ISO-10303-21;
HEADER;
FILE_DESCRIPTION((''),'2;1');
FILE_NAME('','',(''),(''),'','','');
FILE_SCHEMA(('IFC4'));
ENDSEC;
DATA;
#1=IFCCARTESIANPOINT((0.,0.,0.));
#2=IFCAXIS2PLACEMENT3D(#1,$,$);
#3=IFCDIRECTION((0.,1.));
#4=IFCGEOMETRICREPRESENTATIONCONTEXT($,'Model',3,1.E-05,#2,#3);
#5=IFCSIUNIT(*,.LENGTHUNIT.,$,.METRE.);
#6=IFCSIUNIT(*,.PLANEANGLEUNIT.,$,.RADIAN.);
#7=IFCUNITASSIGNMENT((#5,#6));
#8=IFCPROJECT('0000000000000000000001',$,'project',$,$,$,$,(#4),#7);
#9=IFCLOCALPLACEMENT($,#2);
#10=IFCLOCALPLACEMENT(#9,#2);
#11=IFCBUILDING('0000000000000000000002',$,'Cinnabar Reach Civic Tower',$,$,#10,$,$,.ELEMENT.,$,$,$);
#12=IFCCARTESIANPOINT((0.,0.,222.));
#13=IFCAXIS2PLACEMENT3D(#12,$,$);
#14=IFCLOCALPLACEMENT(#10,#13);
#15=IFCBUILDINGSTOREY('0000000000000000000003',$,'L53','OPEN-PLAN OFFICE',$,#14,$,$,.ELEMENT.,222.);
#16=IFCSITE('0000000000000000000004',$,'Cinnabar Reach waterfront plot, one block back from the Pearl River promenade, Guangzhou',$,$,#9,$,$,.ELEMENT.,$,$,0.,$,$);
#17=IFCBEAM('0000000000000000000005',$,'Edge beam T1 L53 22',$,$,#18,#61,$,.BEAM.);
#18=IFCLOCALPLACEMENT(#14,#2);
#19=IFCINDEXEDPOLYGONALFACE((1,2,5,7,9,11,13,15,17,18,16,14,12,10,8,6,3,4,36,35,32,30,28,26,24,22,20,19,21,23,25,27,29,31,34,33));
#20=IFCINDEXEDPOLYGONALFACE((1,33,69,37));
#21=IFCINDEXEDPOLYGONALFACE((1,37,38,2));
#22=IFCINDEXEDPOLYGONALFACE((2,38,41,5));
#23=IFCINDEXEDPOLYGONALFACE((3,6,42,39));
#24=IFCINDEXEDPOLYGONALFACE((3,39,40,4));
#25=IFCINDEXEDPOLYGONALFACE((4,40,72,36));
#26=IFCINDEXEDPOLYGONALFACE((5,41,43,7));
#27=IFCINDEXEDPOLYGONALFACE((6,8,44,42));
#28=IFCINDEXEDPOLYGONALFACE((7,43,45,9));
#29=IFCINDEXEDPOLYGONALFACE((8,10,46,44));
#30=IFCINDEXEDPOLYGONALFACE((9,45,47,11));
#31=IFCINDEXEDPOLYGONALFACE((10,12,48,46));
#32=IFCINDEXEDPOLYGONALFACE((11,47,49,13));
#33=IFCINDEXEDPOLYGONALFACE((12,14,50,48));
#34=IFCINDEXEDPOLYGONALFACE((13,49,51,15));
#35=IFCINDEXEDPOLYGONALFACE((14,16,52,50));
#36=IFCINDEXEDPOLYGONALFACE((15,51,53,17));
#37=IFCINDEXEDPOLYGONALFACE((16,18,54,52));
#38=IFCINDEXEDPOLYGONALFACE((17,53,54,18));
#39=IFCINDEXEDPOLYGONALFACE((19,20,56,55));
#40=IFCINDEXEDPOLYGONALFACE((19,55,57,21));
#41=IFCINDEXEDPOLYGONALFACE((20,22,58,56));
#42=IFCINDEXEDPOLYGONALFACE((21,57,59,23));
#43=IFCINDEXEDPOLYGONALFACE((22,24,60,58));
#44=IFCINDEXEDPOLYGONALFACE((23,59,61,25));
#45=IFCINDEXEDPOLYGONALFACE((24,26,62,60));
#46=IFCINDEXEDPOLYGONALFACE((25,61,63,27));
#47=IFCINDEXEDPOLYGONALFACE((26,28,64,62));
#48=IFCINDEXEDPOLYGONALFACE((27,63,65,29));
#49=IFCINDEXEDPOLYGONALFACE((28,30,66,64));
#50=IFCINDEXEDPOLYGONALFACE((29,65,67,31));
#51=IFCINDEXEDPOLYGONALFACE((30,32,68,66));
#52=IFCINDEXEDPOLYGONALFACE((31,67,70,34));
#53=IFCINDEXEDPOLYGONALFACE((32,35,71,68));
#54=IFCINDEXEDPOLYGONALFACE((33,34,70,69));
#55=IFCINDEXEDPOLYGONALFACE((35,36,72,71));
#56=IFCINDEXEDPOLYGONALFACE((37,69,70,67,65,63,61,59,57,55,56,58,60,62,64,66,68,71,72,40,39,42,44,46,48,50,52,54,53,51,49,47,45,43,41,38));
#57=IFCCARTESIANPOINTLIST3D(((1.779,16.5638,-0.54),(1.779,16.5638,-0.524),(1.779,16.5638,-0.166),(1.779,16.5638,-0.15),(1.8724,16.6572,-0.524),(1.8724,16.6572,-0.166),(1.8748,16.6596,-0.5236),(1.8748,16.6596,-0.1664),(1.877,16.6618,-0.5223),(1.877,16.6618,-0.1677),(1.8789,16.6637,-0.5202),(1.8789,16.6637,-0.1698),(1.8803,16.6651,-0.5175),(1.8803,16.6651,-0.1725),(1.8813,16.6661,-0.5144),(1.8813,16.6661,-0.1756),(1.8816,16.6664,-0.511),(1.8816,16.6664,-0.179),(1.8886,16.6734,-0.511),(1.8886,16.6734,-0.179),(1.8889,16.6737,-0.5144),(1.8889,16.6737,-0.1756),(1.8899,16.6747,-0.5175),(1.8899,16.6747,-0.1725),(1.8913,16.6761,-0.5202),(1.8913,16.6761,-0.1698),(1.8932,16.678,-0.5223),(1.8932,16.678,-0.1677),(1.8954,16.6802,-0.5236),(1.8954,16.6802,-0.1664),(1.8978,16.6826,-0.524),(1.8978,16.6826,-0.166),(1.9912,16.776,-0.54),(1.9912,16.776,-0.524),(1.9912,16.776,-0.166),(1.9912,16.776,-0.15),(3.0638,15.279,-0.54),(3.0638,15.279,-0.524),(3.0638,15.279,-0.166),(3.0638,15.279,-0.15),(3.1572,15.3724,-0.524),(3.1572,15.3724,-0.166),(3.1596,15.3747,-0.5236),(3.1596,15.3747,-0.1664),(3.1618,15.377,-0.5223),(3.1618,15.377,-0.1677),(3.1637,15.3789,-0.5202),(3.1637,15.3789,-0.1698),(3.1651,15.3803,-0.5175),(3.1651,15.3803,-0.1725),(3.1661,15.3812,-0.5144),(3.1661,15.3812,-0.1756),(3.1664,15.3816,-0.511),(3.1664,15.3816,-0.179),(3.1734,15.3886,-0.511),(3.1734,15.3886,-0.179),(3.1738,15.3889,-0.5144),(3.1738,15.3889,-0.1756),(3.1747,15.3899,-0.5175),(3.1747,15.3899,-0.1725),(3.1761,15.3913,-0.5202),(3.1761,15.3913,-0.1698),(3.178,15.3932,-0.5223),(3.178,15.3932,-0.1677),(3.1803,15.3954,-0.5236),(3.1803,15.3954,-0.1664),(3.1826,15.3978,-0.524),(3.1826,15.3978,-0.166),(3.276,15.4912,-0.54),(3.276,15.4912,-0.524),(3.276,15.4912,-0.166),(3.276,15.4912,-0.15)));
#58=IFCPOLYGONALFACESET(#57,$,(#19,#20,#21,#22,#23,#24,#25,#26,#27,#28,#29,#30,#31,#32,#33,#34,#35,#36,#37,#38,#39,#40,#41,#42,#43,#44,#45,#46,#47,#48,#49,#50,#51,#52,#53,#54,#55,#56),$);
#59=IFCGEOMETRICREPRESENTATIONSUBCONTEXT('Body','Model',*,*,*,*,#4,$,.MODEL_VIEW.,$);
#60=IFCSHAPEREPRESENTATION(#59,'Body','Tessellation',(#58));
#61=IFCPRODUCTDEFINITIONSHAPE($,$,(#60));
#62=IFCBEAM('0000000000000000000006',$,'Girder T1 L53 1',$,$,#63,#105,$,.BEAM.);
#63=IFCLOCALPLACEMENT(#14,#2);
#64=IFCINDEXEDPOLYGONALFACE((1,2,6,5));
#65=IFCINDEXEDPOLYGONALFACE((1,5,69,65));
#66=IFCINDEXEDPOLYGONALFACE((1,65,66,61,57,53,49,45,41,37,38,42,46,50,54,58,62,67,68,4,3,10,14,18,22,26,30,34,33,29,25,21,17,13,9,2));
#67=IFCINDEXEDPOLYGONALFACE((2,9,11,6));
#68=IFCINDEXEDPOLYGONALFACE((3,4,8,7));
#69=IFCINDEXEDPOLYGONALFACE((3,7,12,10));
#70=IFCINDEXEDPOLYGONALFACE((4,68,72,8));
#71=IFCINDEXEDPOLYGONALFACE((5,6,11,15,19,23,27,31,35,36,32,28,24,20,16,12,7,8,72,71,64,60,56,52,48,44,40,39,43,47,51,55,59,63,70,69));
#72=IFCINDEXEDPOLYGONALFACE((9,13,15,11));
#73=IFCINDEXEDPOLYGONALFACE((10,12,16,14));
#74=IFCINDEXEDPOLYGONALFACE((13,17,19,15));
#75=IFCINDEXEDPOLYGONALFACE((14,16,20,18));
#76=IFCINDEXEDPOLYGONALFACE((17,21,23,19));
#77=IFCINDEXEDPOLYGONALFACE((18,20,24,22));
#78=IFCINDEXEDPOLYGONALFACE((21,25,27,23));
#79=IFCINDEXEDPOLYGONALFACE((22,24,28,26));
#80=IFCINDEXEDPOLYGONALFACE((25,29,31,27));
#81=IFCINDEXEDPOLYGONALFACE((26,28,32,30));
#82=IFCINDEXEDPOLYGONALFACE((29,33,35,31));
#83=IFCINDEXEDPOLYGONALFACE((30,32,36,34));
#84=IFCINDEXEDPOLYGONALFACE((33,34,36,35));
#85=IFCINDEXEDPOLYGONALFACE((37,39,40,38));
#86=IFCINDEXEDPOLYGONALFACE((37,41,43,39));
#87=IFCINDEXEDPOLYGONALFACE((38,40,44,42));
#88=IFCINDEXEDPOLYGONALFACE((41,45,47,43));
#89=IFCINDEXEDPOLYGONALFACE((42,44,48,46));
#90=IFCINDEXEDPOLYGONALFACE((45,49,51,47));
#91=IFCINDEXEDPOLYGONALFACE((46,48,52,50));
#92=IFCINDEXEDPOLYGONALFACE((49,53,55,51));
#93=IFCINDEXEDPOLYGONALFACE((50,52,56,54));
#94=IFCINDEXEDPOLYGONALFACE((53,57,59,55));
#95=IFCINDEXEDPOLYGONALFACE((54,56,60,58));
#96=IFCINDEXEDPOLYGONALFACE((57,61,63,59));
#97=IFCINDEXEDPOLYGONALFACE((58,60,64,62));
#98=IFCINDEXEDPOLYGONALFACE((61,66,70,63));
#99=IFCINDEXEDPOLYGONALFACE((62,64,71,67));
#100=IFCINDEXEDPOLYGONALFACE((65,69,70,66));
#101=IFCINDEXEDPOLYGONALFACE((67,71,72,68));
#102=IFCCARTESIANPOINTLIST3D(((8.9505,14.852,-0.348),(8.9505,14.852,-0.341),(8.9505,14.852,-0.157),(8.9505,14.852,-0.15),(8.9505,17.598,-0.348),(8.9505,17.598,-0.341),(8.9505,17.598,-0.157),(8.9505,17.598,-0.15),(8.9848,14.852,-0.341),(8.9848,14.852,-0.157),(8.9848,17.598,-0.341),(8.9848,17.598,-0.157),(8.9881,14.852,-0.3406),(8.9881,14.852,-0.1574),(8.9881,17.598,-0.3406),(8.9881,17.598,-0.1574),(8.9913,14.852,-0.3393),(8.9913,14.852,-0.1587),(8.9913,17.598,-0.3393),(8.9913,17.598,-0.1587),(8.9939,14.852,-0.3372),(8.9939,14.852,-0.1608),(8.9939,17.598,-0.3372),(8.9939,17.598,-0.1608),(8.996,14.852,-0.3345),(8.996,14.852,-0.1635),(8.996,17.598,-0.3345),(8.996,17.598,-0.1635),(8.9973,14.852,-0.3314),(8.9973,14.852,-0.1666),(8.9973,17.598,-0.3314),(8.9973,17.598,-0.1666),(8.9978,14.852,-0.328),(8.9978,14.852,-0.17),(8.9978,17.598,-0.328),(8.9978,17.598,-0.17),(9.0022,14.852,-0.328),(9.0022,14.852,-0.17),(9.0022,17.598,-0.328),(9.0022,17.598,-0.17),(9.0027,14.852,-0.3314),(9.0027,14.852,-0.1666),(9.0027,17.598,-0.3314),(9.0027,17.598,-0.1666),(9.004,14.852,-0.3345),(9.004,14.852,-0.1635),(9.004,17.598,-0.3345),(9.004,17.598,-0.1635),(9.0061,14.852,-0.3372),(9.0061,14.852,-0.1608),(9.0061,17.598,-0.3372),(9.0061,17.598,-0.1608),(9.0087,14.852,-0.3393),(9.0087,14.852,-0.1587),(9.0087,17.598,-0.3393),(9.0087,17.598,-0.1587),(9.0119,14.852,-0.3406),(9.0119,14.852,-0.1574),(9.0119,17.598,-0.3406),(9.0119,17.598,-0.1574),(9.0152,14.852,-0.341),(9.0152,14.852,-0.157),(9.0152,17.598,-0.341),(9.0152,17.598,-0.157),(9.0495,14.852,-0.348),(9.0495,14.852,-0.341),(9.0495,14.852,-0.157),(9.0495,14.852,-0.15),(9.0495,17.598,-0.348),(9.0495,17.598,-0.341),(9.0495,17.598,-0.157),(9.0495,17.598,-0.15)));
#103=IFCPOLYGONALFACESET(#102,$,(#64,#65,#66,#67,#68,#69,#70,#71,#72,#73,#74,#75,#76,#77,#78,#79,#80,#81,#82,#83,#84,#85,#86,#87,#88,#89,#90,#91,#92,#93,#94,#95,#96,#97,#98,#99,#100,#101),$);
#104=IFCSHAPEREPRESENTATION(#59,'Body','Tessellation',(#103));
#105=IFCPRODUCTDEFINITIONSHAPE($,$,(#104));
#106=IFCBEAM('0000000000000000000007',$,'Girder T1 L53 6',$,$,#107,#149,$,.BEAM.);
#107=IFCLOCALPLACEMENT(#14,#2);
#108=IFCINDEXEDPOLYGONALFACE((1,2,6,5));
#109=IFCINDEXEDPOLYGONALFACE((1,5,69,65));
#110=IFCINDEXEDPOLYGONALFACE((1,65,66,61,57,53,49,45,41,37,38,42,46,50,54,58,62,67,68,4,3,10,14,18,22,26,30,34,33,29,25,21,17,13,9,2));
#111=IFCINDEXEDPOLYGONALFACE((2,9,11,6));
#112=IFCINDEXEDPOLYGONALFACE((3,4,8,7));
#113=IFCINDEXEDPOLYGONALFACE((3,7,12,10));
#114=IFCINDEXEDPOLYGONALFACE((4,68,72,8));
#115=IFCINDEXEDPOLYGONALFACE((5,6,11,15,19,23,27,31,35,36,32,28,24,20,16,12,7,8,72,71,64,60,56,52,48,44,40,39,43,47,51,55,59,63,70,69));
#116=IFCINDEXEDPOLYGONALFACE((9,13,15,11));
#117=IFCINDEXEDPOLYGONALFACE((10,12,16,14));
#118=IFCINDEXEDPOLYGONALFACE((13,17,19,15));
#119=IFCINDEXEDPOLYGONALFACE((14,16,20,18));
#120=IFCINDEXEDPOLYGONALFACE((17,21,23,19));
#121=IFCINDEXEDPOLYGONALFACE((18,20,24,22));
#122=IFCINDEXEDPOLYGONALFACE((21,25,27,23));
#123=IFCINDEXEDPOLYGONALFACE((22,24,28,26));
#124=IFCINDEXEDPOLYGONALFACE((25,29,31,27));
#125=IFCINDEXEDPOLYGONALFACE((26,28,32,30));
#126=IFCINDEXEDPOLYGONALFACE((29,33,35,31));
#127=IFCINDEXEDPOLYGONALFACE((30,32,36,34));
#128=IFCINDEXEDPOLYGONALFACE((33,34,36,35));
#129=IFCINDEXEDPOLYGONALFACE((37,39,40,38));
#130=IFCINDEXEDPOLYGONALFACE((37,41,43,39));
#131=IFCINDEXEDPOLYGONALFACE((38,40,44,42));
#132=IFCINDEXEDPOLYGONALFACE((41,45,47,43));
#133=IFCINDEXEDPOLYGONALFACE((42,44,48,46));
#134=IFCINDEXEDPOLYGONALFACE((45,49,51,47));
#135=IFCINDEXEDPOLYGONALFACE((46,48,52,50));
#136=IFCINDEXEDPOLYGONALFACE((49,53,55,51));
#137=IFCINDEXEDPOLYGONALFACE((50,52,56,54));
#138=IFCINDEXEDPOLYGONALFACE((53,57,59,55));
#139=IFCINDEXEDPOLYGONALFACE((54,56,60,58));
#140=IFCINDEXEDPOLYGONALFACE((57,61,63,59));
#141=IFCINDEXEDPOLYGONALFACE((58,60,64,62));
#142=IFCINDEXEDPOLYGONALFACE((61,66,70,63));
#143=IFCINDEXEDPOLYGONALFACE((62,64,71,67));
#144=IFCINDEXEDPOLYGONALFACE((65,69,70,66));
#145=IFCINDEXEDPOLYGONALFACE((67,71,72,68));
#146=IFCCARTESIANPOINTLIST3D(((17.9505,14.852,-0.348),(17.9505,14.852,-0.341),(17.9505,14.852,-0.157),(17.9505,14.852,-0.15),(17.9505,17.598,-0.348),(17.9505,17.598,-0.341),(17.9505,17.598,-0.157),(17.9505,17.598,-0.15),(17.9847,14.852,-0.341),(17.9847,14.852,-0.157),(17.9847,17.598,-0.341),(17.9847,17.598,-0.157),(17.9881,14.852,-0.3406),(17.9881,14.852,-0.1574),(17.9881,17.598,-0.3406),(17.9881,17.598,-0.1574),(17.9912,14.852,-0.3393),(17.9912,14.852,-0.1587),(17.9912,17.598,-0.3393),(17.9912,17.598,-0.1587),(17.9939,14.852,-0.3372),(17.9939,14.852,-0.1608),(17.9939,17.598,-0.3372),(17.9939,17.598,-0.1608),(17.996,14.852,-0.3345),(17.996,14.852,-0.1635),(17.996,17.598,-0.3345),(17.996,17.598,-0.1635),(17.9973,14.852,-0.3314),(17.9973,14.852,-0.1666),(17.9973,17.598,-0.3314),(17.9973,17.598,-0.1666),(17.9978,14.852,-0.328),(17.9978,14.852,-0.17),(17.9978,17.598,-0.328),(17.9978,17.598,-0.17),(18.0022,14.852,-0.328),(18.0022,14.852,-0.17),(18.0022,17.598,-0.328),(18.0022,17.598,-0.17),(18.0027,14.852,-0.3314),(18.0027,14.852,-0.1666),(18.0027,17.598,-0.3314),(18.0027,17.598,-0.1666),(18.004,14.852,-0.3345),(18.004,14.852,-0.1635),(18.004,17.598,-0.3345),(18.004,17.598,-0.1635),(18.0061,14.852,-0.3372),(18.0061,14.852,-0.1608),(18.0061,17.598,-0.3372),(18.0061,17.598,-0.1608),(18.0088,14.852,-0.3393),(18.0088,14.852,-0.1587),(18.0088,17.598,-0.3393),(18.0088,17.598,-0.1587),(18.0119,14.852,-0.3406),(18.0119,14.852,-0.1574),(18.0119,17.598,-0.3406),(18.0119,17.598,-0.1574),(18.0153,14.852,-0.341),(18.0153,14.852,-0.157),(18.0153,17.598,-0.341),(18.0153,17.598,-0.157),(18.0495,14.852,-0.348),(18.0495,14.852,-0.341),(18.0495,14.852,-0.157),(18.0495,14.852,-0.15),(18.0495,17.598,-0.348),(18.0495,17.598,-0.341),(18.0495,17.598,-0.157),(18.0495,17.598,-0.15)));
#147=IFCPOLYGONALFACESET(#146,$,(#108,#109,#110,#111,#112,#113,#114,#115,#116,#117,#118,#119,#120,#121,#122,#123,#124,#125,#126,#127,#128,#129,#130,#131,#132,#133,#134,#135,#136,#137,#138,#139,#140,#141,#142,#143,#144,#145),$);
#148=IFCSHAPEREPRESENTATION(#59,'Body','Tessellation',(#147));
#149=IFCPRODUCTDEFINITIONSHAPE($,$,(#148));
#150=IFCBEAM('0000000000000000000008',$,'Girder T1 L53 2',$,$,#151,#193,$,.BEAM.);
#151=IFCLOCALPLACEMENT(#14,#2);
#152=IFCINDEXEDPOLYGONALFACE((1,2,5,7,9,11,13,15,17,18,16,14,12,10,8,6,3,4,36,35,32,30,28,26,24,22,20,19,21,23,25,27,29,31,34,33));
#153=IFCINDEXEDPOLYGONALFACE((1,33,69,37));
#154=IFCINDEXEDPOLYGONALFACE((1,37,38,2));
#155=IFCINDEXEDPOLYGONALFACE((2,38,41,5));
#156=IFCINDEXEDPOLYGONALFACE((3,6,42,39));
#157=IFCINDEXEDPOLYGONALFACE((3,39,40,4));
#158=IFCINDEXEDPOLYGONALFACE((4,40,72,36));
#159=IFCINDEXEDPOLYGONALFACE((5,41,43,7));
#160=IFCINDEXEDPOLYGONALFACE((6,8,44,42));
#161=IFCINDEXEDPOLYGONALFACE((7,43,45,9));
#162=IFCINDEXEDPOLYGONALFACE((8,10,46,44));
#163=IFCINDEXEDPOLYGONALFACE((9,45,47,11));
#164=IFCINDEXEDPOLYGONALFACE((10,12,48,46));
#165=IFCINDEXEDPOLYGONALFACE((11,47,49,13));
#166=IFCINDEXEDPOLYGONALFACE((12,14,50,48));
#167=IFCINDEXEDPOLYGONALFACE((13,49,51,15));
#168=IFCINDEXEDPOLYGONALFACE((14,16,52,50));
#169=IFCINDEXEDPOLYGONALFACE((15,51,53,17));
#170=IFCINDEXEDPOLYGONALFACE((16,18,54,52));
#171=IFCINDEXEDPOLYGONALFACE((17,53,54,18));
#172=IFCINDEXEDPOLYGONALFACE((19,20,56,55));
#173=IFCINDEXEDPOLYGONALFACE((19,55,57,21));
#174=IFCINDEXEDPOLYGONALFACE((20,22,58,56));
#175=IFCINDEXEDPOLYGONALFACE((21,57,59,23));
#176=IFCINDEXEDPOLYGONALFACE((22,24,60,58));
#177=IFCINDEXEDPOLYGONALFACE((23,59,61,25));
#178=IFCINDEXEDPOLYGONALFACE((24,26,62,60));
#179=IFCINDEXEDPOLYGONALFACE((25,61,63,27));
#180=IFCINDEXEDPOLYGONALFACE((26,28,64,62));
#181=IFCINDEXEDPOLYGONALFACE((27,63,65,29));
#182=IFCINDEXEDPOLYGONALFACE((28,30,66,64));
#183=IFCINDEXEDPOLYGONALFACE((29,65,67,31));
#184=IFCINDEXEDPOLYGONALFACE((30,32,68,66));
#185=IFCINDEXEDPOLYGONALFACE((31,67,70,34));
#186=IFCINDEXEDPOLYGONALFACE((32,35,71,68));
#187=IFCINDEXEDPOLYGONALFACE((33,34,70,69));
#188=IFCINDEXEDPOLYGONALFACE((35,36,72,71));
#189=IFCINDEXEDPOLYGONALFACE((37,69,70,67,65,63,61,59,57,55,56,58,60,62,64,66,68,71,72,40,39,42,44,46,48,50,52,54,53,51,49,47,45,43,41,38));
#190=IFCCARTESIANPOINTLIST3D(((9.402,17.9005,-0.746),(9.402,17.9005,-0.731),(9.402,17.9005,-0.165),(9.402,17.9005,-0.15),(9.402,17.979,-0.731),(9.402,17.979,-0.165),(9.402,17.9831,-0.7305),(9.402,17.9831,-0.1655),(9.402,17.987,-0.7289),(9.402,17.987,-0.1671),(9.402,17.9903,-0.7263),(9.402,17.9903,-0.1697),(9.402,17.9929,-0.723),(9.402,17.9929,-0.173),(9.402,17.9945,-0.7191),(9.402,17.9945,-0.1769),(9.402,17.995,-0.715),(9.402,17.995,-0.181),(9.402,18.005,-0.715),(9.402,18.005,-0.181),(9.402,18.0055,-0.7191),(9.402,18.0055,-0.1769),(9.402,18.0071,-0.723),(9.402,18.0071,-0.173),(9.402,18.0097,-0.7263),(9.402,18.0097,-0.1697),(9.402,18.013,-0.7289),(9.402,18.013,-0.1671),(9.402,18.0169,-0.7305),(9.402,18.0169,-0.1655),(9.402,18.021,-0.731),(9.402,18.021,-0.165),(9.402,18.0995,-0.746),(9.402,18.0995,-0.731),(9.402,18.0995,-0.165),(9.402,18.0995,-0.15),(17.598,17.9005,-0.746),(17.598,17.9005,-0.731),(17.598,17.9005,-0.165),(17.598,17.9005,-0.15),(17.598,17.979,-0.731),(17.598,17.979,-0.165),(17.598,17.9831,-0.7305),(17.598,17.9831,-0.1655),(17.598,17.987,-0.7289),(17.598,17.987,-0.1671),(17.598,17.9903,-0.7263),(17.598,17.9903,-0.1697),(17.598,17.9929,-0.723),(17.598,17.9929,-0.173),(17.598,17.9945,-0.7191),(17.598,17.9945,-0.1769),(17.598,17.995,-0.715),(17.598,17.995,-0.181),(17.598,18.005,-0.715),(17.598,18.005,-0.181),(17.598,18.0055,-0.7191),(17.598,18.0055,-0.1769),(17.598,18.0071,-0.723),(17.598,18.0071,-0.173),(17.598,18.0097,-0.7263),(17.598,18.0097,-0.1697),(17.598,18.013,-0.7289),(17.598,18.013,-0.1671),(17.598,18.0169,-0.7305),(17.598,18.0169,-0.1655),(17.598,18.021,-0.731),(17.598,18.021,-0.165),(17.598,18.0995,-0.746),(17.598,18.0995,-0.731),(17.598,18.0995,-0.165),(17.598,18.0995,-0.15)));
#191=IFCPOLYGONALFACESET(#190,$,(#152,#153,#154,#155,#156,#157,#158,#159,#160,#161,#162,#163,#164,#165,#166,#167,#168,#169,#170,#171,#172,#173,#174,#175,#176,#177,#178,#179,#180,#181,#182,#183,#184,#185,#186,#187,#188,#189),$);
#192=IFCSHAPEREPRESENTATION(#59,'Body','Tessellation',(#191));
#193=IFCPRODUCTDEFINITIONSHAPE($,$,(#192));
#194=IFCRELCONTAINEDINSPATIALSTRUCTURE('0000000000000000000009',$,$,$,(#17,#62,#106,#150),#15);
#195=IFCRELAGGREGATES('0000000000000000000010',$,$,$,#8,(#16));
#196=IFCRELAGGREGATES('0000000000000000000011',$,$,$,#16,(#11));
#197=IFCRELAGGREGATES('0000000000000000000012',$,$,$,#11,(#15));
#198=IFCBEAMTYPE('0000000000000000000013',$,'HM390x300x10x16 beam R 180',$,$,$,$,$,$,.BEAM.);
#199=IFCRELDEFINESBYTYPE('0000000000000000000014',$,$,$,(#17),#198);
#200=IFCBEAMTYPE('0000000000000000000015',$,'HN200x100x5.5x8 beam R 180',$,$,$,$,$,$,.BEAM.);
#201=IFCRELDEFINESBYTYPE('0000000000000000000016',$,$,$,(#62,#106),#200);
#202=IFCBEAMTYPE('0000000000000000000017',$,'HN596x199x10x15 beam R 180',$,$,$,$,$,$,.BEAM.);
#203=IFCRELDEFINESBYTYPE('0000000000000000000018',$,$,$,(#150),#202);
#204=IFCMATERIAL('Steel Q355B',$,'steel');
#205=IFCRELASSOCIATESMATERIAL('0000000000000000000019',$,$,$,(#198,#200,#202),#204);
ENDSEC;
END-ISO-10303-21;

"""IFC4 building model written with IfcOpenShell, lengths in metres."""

from ifc_helpers import new_model, si_unit, direction, frame, origin, origin_2d, place, context, subcontext, project, spatial, i_section, extrude, material, material_profile, profile_set, type_object, element, save


model = new_model("IFC4")

# Units and contexts
model_context = context("Model", 3, precision=1e-05, world=origin(), true_north=direction((0.0, 1.0)))
body_context = subcontext(model_context, "Body", "Model", "MODEL_VIEW")
ifc_project = project(units=[si_unit("LENGTHUNIT", "METRE"), si_unit("PLANEANGLEUNIT", "RADIAN")], contexts=[model_context])

# Site, building, storey
site_placement = place(None, origin())
site = spatial("IfcSite", under=ifc_project, at=site_placement, Name="Cinnabar Reach waterfront plot, one block back from the Pearl River promenade, Guangzhou", CompositionType="ELEMENT", RefElevation=0.0)
building_placement = place(site_placement, origin())
building = spatial("IfcBuilding", under=site, at=building_placement, Name="Cinnabar Reach Civic Tower", CompositionType="ELEMENT")
storey_placement = place(building_placement, frame((0.0, 0.0, 222.0)))
storey = spatial("IfcBuildingStorey", under=building, at=storey_placement, Name="L53", Description="OPEN-PLAN OFFICE", CompositionType="ELEMENT", Elevation=222.0)

# Beams
ifc_material_1 = material(Name="Steel Q355B", Category="steel")
ifc_material_profile_1 = material_profile(ifc_material_1, i_section(OverallWidth=0.3, OverallDepth=0.39, WebThickness=0.01, FlangeThickness=0.016, FilletRadius=0.013, at=origin_2d()), Name="HM390x300x10x16")
ifc_profile_set_1 = profile_set([ifc_material_profile_1], Name="Steel Q355B")
beam_type_1 = type_object("IfcBeamType", Name="HM390x300x10x16 beam R 180", PredefinedType="BEAM", material=ifc_profile_set_1)
beam_1_placement = place(storey_placement, frame((1.8851, 16.6699, -0.345), z_axis=(0.707107, -0.707107, 0.0), x_axis=(0.707107, 0.707107, 0.0)))
element("IfcBeam", 1, at=beam_1_placement, inside=storey, type_object=beam_type_1, Name="Edge beam T1 L53 22", PredefinedType="BEAM", context=body_context, shape_type="SweptSolid", body=[
    extrude(i_section(OverallWidth=0.3, OverallDepth=0.39, WebThickness=0.01, FlangeThickness=0.016, FilletRadius=0.013, at=origin_2d()), origin(), (0.0, 0.0, 1.0), 1.817),
])
ifc_material_profile_2 = material_profile(ifc_material_1, i_section(OverallWidth=0.099, OverallDepth=0.198, WebThickness=0.0045, FlangeThickness=0.007, FilletRadius=0.013, at=origin_2d()), Name="HN200x100x5.5x8")
ifc_profile_set_2 = profile_set([ifc_material_profile_2], Name="Steel Q355B")
beam_type_2 = type_object("IfcBeamType", Name="HN200x100x5.5x8 beam R 180", PredefinedType="BEAM", material=ifc_profile_set_2)
for number, where, z_axis, x_axis, name in (
    (2, (9.0, 14.852, -0.249), (0.0, 1.0, 0.0), (-1.0, 0.0, 0.0), "Girder T1 L53 1"),
    (3, (18.0, 14.852, -0.249), (0.0, 1.0, 0.0), (-1.0, 0.0, 0.0), "Girder T1 L53 6"),
):
    element("IfcBeam", number, at=place(storey_placement, frame(where, z_axis=z_axis, x_axis=x_axis)), inside=storey, type_object=beam_type_2, Name=name, PredefinedType="BEAM", context=body_context, shape_type="SweptSolid", body=[
        extrude(i_section(OverallWidth=0.099, OverallDepth=0.198, WebThickness=0.0045, FlangeThickness=0.007, FilletRadius=0.013, at=origin_2d()), origin(), (0.0, 0.0, 1.0), 2.746),
    ])
ifc_material_profile_3 = material_profile(ifc_material_1, i_section(OverallWidth=0.199, OverallDepth=0.596, WebThickness=0.01, FlangeThickness=0.015, FilletRadius=0.016, at=origin_2d()), Name="HN596x199x10x15")
ifc_profile_set_3 = profile_set([ifc_material_profile_3], Name="Steel Q355B")
beam_type_3 = type_object("IfcBeamType", Name="HN596x199x10x15 beam R 180", PredefinedType="BEAM", material=ifc_profile_set_3)
beam_2_placement = place(storey_placement, frame((9.402, 18.0, -0.448), z_axis=(1.0, 0.0, 0.0), x_axis=(0.0, 1.0, 0.0)))
element("IfcBeam", 4, at=beam_2_placement, inside=storey, type_object=beam_type_3, Name="Girder T1 L53 2", PredefinedType="BEAM", context=body_context, shape_type="SweptSolid", body=[
    extrude(i_section(OverallWidth=0.199, OverallDepth=0.596, WebThickness=0.01, FlangeThickness=0.015, FilletRadius=0.016, at=origin_2d()), origin(), (0.0, 0.0, 1.0), 8.196),
])

save(model, "model.ifc")
